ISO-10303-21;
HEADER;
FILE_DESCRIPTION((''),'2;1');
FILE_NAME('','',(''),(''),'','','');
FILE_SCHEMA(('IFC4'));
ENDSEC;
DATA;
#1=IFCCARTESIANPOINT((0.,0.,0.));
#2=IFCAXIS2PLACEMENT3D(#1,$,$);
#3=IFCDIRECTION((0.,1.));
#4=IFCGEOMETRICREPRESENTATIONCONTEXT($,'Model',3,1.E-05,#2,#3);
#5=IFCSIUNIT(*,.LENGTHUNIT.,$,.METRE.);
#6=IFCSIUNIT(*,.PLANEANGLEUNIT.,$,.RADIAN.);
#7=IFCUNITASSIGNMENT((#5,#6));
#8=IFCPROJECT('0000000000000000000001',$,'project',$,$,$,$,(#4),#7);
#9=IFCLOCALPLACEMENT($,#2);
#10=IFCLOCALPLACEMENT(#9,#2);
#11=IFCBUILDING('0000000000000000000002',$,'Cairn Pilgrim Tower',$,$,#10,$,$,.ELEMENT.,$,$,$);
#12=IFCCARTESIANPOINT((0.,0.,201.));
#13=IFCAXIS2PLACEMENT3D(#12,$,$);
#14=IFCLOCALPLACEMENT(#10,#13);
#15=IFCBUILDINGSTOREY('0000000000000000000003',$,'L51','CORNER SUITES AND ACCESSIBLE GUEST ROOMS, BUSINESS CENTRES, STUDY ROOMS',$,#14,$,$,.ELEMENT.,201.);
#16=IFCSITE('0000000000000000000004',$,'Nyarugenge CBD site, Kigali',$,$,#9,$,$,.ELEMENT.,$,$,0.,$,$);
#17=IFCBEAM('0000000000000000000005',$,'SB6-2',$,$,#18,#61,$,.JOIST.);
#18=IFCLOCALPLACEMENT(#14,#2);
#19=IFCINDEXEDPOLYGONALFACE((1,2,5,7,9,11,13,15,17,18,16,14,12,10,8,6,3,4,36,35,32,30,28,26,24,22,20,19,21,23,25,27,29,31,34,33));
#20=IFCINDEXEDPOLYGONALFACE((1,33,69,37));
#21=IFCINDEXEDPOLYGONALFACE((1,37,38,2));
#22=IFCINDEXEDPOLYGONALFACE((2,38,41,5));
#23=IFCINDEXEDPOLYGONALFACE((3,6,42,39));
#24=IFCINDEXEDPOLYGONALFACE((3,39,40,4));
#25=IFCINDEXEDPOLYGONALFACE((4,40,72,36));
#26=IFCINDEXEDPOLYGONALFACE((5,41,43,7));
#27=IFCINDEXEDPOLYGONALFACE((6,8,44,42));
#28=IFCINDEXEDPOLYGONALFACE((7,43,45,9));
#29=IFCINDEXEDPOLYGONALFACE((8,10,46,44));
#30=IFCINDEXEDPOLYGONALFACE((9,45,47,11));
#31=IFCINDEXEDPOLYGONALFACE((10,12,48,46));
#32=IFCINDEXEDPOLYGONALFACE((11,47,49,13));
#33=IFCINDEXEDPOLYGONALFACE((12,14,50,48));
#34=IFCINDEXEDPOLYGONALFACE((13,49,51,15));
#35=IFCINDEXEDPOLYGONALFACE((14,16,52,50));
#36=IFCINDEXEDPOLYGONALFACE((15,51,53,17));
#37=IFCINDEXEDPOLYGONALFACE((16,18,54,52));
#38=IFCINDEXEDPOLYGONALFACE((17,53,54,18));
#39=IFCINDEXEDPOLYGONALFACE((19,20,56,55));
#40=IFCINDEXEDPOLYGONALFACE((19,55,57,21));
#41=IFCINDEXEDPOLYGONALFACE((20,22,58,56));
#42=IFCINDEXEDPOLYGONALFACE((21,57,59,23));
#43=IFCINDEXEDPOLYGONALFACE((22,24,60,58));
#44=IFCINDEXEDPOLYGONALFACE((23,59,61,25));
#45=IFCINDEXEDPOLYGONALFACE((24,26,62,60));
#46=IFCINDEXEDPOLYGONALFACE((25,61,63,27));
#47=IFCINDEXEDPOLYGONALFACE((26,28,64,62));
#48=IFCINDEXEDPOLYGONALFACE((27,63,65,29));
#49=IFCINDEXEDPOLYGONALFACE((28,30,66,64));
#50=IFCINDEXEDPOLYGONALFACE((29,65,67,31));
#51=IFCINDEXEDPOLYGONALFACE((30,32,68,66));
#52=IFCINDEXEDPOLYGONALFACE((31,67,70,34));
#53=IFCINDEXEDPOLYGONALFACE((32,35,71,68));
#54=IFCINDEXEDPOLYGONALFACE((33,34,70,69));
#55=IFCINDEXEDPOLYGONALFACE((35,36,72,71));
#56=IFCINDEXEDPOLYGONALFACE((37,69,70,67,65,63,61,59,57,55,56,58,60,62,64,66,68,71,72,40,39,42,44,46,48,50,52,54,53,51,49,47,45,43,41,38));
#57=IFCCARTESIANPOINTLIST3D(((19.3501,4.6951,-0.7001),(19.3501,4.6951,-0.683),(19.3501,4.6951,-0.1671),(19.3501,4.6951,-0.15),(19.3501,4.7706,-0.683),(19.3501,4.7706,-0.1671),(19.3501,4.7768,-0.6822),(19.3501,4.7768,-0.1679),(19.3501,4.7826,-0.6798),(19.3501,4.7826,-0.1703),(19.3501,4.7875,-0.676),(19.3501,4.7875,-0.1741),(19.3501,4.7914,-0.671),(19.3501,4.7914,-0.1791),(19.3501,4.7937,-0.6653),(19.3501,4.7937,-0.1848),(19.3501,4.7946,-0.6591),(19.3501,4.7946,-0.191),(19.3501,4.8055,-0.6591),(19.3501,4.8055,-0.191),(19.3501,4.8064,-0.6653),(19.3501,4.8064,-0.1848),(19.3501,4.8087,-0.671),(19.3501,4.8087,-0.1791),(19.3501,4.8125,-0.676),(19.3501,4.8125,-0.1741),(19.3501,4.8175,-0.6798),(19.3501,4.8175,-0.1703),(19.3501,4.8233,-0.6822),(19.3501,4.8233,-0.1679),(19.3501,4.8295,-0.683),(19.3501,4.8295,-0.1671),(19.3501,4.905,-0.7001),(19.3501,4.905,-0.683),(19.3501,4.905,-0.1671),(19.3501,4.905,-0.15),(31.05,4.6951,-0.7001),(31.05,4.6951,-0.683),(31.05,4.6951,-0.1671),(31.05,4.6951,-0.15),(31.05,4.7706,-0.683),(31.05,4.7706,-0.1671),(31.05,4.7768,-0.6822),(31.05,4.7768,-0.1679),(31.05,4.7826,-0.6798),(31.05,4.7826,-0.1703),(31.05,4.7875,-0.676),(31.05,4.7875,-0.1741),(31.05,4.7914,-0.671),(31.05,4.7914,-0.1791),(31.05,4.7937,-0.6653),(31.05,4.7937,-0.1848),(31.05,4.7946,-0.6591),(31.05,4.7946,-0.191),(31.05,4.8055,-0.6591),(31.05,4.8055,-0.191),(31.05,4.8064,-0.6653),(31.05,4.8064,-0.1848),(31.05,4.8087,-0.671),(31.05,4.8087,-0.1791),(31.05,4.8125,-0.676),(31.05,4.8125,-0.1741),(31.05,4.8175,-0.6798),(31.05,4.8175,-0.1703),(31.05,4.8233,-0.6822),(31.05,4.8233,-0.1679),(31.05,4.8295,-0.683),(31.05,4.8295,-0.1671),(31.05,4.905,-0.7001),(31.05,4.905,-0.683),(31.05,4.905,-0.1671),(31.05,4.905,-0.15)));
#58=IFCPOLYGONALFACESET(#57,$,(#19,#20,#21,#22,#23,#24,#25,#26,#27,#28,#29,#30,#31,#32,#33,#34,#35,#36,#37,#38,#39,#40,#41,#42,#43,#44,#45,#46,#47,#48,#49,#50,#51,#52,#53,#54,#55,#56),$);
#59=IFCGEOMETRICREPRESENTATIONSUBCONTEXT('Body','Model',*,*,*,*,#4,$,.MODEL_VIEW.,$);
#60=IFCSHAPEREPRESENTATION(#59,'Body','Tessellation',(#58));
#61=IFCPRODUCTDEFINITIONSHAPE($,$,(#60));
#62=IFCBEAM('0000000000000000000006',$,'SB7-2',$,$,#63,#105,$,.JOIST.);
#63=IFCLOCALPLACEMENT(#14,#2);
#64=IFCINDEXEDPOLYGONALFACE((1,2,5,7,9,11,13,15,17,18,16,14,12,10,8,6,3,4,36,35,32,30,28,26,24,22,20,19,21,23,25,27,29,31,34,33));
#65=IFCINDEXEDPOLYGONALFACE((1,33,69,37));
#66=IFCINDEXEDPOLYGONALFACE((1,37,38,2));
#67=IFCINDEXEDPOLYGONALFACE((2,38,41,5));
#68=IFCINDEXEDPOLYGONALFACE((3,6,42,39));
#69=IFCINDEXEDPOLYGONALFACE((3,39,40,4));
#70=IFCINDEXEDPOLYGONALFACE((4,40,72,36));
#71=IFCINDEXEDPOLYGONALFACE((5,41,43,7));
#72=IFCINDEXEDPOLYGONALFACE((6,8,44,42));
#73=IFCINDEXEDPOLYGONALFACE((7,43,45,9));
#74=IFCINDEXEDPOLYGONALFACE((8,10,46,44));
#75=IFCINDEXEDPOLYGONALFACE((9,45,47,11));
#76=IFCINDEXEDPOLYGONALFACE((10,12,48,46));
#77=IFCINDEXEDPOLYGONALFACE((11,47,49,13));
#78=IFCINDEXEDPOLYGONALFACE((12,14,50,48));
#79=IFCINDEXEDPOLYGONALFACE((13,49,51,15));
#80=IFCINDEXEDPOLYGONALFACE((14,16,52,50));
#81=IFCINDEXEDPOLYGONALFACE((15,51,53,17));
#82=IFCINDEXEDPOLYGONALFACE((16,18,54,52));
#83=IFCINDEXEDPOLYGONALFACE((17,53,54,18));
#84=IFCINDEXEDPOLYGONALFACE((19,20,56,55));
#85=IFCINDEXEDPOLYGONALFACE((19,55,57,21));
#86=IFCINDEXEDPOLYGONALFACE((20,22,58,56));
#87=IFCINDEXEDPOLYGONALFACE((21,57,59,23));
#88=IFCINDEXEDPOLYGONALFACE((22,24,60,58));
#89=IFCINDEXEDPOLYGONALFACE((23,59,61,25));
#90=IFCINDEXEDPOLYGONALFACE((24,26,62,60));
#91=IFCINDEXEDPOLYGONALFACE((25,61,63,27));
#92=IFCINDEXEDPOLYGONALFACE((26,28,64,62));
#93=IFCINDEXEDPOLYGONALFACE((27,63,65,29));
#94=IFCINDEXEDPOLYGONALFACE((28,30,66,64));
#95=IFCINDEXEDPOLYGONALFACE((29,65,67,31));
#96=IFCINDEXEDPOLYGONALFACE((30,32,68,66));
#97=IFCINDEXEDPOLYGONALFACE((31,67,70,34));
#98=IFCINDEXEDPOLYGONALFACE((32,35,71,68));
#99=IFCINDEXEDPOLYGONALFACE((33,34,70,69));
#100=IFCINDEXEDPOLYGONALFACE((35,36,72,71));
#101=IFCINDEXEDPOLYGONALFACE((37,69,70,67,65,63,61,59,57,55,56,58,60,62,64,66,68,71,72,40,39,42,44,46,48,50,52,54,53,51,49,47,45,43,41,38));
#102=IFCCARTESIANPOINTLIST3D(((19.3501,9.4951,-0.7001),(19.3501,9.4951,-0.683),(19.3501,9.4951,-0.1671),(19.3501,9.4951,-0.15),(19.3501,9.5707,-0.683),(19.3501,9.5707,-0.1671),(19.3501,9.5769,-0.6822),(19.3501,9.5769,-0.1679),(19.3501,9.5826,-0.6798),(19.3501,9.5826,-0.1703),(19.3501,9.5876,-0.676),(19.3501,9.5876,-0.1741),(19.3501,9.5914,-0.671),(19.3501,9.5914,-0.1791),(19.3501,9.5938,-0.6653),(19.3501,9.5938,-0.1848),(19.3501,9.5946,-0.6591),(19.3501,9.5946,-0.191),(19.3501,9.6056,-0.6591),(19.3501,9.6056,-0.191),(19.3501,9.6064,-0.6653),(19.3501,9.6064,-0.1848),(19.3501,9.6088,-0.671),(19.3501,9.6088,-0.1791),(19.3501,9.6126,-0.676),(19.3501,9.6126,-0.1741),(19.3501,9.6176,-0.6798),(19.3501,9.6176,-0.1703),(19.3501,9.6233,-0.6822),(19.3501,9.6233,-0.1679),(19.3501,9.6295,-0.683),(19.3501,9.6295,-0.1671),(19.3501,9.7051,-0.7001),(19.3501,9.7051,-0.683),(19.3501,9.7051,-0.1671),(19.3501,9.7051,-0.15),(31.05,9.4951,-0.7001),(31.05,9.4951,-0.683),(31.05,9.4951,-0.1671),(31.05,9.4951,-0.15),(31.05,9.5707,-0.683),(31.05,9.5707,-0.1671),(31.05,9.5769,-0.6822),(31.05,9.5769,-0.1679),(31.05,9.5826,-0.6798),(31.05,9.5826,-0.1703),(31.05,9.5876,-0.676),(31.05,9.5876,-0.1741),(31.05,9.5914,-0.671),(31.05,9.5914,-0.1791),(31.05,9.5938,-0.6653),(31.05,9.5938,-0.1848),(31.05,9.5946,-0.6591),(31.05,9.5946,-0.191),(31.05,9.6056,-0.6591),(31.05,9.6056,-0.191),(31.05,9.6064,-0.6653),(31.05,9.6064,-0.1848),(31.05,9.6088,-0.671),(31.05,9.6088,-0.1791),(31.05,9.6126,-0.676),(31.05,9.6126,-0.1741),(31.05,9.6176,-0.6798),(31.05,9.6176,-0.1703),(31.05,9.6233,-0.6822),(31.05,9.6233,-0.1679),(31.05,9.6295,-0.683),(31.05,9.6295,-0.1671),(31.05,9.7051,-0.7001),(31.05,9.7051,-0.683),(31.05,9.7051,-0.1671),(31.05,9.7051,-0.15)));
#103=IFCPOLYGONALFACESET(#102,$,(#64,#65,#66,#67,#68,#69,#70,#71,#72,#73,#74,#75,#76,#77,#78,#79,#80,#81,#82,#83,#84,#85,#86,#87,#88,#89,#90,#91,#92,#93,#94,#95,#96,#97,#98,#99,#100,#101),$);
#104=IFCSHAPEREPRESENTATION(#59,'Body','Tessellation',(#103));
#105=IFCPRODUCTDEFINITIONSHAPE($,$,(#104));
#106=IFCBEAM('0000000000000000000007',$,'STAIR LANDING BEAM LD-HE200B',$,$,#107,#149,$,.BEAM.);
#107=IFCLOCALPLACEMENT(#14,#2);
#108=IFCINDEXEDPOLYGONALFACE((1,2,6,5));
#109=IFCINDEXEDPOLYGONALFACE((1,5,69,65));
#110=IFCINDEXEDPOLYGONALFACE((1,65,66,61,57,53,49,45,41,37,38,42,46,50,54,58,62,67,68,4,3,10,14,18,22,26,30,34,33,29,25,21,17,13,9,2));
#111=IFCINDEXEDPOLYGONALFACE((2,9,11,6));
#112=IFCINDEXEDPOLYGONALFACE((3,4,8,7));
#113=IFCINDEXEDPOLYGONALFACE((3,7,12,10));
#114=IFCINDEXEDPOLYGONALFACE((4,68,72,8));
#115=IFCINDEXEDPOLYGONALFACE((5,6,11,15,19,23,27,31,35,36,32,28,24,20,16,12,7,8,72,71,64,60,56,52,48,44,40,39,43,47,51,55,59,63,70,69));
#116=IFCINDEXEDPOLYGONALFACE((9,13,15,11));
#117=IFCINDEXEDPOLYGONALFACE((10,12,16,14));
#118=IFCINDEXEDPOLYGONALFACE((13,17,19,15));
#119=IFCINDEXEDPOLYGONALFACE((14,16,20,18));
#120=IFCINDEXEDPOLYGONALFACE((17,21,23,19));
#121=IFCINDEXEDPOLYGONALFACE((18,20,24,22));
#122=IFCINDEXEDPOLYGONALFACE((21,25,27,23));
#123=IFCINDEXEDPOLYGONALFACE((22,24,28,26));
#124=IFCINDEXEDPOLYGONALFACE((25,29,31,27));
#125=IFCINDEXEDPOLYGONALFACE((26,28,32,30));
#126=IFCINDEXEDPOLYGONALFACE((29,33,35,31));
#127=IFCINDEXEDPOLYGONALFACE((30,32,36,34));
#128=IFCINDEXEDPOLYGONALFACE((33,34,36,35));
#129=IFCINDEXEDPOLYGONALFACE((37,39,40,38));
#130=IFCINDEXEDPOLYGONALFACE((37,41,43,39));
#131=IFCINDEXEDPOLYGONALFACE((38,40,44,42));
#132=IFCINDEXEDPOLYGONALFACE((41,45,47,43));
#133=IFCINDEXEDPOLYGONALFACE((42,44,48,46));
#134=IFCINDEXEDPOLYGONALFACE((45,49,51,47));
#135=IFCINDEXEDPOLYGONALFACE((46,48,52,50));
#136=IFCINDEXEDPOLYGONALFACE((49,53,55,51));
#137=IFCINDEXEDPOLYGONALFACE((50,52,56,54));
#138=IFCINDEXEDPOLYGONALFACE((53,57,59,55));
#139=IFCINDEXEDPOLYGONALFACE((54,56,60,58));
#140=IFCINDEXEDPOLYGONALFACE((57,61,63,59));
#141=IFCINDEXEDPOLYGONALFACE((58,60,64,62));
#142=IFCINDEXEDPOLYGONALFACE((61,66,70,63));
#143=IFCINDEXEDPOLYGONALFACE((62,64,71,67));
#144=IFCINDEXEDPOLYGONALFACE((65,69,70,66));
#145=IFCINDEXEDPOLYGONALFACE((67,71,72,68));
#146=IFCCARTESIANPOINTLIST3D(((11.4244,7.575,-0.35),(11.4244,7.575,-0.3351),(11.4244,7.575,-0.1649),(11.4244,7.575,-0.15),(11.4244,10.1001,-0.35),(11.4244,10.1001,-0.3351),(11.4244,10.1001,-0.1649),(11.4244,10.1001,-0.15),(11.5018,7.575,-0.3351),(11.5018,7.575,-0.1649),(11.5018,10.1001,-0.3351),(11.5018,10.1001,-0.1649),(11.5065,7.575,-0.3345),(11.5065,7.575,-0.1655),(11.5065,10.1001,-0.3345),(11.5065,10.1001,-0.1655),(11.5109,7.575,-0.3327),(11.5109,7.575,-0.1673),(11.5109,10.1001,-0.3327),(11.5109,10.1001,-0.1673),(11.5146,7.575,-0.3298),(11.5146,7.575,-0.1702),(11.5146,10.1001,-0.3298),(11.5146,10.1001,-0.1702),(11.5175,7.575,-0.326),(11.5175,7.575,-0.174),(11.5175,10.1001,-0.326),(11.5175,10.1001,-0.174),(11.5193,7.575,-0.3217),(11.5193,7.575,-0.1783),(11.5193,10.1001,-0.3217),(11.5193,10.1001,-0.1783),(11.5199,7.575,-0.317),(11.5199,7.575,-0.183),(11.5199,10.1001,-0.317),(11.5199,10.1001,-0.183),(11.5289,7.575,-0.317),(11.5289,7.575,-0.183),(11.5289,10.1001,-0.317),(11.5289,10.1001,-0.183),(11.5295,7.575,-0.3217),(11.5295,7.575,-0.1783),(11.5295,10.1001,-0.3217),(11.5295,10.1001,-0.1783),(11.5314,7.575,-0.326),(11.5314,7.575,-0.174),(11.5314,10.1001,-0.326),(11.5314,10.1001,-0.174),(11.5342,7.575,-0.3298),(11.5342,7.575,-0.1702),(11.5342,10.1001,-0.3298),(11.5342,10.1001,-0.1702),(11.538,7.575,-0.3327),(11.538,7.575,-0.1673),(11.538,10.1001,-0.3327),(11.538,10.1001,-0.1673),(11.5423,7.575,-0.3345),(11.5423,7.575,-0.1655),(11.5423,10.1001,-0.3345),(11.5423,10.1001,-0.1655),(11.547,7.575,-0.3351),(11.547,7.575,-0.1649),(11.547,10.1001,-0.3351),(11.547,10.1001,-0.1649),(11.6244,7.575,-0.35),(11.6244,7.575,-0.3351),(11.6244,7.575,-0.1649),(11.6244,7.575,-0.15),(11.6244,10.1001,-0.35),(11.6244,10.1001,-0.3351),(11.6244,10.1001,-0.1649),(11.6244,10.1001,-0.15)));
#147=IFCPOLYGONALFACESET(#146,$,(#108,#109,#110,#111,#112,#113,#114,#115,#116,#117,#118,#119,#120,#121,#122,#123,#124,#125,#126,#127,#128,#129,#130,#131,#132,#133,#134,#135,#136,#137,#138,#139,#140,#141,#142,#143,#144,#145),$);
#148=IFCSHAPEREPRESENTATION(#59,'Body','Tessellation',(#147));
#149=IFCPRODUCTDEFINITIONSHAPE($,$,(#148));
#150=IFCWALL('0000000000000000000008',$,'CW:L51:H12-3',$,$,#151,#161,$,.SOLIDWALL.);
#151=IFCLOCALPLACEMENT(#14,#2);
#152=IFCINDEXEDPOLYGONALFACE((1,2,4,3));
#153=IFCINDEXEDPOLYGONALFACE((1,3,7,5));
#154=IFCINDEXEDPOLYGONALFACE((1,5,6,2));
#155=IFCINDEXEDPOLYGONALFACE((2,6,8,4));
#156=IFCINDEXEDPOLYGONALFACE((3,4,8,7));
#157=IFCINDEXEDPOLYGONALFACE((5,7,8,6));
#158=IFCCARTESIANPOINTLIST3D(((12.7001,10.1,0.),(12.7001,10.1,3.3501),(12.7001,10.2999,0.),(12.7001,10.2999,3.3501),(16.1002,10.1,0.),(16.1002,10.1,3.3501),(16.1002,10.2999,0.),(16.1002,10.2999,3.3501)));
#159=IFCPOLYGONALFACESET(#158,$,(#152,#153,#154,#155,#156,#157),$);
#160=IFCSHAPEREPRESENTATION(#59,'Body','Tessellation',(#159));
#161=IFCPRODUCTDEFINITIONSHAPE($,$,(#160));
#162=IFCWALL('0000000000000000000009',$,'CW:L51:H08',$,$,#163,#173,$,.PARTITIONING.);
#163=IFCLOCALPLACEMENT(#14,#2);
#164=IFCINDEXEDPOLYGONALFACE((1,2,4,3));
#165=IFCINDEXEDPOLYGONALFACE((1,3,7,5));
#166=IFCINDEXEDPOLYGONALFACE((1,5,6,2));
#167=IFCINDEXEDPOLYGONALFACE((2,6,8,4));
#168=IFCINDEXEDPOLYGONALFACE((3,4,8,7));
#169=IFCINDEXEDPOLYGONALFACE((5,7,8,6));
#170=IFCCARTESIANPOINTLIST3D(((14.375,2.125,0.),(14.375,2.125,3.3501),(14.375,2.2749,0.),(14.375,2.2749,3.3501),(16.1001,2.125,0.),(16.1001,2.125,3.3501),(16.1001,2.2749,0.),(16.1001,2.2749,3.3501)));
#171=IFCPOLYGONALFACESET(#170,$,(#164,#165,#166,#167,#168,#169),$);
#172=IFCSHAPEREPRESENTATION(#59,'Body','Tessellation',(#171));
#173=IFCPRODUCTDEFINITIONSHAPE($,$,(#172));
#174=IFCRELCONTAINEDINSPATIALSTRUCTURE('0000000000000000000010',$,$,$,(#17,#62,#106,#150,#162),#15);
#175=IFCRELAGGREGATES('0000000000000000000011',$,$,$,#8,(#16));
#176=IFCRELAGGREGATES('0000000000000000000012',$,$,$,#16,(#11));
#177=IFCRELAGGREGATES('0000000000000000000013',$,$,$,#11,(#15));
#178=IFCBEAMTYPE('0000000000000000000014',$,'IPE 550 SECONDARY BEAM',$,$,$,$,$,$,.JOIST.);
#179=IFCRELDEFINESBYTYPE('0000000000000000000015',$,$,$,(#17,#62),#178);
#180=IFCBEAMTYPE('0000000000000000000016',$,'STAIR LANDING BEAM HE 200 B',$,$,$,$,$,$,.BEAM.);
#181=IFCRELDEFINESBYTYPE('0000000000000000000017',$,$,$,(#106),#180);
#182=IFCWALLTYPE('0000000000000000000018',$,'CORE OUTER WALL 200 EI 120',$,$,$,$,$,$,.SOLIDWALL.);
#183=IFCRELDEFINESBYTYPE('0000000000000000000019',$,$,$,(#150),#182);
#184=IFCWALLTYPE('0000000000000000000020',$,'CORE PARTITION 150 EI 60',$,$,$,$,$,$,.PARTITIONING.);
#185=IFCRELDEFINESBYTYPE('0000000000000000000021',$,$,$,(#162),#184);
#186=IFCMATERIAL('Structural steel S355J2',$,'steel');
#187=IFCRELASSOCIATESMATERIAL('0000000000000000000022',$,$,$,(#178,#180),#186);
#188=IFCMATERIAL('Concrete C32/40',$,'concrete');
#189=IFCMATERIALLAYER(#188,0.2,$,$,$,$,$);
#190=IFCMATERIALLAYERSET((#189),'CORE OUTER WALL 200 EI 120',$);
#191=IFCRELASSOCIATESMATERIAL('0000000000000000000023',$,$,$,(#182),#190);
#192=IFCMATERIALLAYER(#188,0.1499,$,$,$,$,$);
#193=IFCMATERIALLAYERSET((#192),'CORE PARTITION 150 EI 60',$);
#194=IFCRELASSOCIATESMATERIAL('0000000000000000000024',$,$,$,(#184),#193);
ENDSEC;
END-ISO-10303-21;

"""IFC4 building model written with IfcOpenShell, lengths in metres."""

from ifc_helpers import new_model, si_unit, direction, frame, frame_2d, origin, origin_2d, place, context, subcontext, project, spatial, rectangle, i_section, extrude, material, layer, layer_set, material_profile, profile_set, type_object, element, save


model = new_model("IFC4")

# Units and contexts
model_context = context("Model", 3, precision=1e-05, world=origin(), true_north=direction((0.0, 1.0)))
body_context = subcontext(model_context, "Body", "Model", "MODEL_VIEW")
ifc_project = project(units=[si_unit("LENGTHUNIT", "METRE"), si_unit("PLANEANGLEUNIT", "RADIAN")], contexts=[model_context])

# Site, building, storey
site_placement = place(None, origin())
site = spatial("IfcSite", under=ifc_project, at=site_placement, Name="Nyarugenge CBD site, Kigali", CompositionType="ELEMENT", RefElevation=0.0)
building_placement = place(site_placement, origin())
building = spatial("IfcBuilding", under=site, at=building_placement, Name="Cairn Pilgrim Tower", CompositionType="ELEMENT")
storey_placement = place(building_placement, frame((0.0, 0.0, 201.0)))
storey = spatial("IfcBuildingStorey", under=building, at=storey_placement, Name="L51", Description="CORNER SUITES AND ACCESSIBLE GUEST ROOMS, BUSINESS CENTRES, STUDY ROOMS", CompositionType="ELEMENT", Elevation=201.0)

# Shared definitions
ifc_material_1 = material(Name="Structural steel S355J2", Category="steel")

# Beams
ifc_material_profile_1 = material_profile(ifc_material_1, i_section(OverallWidth=0.21, OverallDepth=0.55, WebThickness=0.011, FlangeThickness=0.0171, FilletRadius=0.0239, at=origin_2d()), Name="IPE 550")
ifc_profile_set_1 = profile_set([ifc_material_profile_1], Name="Structural steel S355J2")
beam_type_1 = type_object("IfcBeamType", Name="IPE 550 SECONDARY BEAM", PredefinedType="JOIST", material=ifc_profile_set_1)
for number, where, z_axis, x_axis, name in (
    (1, (19.3501, 4.8, -0.425), (1.0, 0.0, 0.0), (0.0, 1.0, 0.0), "SB6-2"),
    (2, (19.3501, 9.6001, -0.425), (1.0, 0.0, 0.0), (0.0, 1.0, 0.0), "SB7-2"),
):
    element("IfcBeam", number, at=place(storey_placement, frame(where, z_axis=z_axis, x_axis=x_axis)), inside=storey, type_object=beam_type_1, Name=name, PredefinedType="JOIST", context=body_context, shape_type="SweptSolid", body=[
        extrude(i_section(OverallWidth=0.21, OverallDepth=0.55, WebThickness=0.011, FlangeThickness=0.0171, FilletRadius=0.0239, at=origin_2d()), origin(), (0.0, 0.0, 1.0), 11.7),
    ])
ifc_material_profile_2 = material_profile(ifc_material_1, i_section(OverallWidth=0.2, OverallDepth=0.2, WebThickness=0.009, FlangeThickness=0.0149, FilletRadius=0.0181, at=origin_2d()), Name="HE 200 B")
ifc_profile_set_2 = profile_set([ifc_material_profile_2], Name="Structural steel S355J2")
beam_type_2 = type_object("IfcBeamType", Name="STAIR LANDING BEAM HE 200 B", PredefinedType="BEAM", material=ifc_profile_set_2)
beam_1_placement = place(storey_placement, frame((11.5244, 10.1001, -0.25), z_axis=(0.0, -1.0, 0.0), x_axis=(1.0, 0.0, 0.0)))
element("IfcBeam", 3, at=beam_1_placement, inside=storey, type_object=beam_type_2, Name="STAIR LANDING BEAM LD-HE200B", PredefinedType="BEAM", context=body_context, shape_type="SweptSolid", body=[
    extrude(i_section(OverallWidth=0.2, OverallDepth=0.2, WebThickness=0.009, FlangeThickness=0.0149, FilletRadius=0.0181, at=origin_2d()), origin(), (0.0, 0.0, 1.0), 2.5251),
])

# Walls
ifc_material_2 = material(Name="Concrete C32/40", Category="concrete")
ifc_layer_1 = layer(ifc_material_2, 0.2)
ifc_layer_set_1 = layer_set([ifc_layer_1], Name="CORE OUTER WALL 200 EI 120")
wall_type_1 = type_object("IfcWallType", Name="CORE OUTER WALL 200 EI 120", PredefinedType="SOLIDWALL", material=ifc_layer_set_1)
wall_1_placement = place(storey_placement, frame((12.7, 10.2, 0.0), z_axis=(0.0, 0.0, 1.0), x_axis=(1.0, 0.0, 0.0)))
element("IfcWall", 4, at=wall_1_placement, inside=storey, type_object=wall_type_1, Name="CW:L51:H12-3", PredefinedType="SOLIDWALL", context=body_context, shape_type="SweptSolid", body=[
    extrude(rectangle(XDim=3.4001, YDim=0.2, at=frame_2d((1.7002, 0.0))), origin(), (0.0, 0.0, 1.0), 3.3501),
])
ifc_layer_2 = layer(ifc_material_2, 0.1499)
ifc_layer_set_2 = layer_set([ifc_layer_2], Name="CORE PARTITION 150 EI 60")
wall_type_2 = type_object("IfcWallType", Name="CORE PARTITION 150 EI 60", PredefinedType="PARTITIONING", material=ifc_layer_set_2)
wall_2_placement = place(storey_placement, frame((14.375, 2.2, 0.0), z_axis=(0.0, 0.0, 1.0), x_axis=(1.0, 0.0, 0.0)))
element("IfcWall", 5, at=wall_2_placement, inside=storey, type_object=wall_type_2, Name="CW:L51:H08", PredefinedType="PARTITIONING", context=body_context, shape_type="SweptSolid", body=[
    extrude(rectangle(XDim=1.7251, YDim=0.1499, at=frame_2d((0.8625, 0.0))), origin(), (0.0, 0.0, 1.0), 3.3501),
])

save(model, "model.ifc")
